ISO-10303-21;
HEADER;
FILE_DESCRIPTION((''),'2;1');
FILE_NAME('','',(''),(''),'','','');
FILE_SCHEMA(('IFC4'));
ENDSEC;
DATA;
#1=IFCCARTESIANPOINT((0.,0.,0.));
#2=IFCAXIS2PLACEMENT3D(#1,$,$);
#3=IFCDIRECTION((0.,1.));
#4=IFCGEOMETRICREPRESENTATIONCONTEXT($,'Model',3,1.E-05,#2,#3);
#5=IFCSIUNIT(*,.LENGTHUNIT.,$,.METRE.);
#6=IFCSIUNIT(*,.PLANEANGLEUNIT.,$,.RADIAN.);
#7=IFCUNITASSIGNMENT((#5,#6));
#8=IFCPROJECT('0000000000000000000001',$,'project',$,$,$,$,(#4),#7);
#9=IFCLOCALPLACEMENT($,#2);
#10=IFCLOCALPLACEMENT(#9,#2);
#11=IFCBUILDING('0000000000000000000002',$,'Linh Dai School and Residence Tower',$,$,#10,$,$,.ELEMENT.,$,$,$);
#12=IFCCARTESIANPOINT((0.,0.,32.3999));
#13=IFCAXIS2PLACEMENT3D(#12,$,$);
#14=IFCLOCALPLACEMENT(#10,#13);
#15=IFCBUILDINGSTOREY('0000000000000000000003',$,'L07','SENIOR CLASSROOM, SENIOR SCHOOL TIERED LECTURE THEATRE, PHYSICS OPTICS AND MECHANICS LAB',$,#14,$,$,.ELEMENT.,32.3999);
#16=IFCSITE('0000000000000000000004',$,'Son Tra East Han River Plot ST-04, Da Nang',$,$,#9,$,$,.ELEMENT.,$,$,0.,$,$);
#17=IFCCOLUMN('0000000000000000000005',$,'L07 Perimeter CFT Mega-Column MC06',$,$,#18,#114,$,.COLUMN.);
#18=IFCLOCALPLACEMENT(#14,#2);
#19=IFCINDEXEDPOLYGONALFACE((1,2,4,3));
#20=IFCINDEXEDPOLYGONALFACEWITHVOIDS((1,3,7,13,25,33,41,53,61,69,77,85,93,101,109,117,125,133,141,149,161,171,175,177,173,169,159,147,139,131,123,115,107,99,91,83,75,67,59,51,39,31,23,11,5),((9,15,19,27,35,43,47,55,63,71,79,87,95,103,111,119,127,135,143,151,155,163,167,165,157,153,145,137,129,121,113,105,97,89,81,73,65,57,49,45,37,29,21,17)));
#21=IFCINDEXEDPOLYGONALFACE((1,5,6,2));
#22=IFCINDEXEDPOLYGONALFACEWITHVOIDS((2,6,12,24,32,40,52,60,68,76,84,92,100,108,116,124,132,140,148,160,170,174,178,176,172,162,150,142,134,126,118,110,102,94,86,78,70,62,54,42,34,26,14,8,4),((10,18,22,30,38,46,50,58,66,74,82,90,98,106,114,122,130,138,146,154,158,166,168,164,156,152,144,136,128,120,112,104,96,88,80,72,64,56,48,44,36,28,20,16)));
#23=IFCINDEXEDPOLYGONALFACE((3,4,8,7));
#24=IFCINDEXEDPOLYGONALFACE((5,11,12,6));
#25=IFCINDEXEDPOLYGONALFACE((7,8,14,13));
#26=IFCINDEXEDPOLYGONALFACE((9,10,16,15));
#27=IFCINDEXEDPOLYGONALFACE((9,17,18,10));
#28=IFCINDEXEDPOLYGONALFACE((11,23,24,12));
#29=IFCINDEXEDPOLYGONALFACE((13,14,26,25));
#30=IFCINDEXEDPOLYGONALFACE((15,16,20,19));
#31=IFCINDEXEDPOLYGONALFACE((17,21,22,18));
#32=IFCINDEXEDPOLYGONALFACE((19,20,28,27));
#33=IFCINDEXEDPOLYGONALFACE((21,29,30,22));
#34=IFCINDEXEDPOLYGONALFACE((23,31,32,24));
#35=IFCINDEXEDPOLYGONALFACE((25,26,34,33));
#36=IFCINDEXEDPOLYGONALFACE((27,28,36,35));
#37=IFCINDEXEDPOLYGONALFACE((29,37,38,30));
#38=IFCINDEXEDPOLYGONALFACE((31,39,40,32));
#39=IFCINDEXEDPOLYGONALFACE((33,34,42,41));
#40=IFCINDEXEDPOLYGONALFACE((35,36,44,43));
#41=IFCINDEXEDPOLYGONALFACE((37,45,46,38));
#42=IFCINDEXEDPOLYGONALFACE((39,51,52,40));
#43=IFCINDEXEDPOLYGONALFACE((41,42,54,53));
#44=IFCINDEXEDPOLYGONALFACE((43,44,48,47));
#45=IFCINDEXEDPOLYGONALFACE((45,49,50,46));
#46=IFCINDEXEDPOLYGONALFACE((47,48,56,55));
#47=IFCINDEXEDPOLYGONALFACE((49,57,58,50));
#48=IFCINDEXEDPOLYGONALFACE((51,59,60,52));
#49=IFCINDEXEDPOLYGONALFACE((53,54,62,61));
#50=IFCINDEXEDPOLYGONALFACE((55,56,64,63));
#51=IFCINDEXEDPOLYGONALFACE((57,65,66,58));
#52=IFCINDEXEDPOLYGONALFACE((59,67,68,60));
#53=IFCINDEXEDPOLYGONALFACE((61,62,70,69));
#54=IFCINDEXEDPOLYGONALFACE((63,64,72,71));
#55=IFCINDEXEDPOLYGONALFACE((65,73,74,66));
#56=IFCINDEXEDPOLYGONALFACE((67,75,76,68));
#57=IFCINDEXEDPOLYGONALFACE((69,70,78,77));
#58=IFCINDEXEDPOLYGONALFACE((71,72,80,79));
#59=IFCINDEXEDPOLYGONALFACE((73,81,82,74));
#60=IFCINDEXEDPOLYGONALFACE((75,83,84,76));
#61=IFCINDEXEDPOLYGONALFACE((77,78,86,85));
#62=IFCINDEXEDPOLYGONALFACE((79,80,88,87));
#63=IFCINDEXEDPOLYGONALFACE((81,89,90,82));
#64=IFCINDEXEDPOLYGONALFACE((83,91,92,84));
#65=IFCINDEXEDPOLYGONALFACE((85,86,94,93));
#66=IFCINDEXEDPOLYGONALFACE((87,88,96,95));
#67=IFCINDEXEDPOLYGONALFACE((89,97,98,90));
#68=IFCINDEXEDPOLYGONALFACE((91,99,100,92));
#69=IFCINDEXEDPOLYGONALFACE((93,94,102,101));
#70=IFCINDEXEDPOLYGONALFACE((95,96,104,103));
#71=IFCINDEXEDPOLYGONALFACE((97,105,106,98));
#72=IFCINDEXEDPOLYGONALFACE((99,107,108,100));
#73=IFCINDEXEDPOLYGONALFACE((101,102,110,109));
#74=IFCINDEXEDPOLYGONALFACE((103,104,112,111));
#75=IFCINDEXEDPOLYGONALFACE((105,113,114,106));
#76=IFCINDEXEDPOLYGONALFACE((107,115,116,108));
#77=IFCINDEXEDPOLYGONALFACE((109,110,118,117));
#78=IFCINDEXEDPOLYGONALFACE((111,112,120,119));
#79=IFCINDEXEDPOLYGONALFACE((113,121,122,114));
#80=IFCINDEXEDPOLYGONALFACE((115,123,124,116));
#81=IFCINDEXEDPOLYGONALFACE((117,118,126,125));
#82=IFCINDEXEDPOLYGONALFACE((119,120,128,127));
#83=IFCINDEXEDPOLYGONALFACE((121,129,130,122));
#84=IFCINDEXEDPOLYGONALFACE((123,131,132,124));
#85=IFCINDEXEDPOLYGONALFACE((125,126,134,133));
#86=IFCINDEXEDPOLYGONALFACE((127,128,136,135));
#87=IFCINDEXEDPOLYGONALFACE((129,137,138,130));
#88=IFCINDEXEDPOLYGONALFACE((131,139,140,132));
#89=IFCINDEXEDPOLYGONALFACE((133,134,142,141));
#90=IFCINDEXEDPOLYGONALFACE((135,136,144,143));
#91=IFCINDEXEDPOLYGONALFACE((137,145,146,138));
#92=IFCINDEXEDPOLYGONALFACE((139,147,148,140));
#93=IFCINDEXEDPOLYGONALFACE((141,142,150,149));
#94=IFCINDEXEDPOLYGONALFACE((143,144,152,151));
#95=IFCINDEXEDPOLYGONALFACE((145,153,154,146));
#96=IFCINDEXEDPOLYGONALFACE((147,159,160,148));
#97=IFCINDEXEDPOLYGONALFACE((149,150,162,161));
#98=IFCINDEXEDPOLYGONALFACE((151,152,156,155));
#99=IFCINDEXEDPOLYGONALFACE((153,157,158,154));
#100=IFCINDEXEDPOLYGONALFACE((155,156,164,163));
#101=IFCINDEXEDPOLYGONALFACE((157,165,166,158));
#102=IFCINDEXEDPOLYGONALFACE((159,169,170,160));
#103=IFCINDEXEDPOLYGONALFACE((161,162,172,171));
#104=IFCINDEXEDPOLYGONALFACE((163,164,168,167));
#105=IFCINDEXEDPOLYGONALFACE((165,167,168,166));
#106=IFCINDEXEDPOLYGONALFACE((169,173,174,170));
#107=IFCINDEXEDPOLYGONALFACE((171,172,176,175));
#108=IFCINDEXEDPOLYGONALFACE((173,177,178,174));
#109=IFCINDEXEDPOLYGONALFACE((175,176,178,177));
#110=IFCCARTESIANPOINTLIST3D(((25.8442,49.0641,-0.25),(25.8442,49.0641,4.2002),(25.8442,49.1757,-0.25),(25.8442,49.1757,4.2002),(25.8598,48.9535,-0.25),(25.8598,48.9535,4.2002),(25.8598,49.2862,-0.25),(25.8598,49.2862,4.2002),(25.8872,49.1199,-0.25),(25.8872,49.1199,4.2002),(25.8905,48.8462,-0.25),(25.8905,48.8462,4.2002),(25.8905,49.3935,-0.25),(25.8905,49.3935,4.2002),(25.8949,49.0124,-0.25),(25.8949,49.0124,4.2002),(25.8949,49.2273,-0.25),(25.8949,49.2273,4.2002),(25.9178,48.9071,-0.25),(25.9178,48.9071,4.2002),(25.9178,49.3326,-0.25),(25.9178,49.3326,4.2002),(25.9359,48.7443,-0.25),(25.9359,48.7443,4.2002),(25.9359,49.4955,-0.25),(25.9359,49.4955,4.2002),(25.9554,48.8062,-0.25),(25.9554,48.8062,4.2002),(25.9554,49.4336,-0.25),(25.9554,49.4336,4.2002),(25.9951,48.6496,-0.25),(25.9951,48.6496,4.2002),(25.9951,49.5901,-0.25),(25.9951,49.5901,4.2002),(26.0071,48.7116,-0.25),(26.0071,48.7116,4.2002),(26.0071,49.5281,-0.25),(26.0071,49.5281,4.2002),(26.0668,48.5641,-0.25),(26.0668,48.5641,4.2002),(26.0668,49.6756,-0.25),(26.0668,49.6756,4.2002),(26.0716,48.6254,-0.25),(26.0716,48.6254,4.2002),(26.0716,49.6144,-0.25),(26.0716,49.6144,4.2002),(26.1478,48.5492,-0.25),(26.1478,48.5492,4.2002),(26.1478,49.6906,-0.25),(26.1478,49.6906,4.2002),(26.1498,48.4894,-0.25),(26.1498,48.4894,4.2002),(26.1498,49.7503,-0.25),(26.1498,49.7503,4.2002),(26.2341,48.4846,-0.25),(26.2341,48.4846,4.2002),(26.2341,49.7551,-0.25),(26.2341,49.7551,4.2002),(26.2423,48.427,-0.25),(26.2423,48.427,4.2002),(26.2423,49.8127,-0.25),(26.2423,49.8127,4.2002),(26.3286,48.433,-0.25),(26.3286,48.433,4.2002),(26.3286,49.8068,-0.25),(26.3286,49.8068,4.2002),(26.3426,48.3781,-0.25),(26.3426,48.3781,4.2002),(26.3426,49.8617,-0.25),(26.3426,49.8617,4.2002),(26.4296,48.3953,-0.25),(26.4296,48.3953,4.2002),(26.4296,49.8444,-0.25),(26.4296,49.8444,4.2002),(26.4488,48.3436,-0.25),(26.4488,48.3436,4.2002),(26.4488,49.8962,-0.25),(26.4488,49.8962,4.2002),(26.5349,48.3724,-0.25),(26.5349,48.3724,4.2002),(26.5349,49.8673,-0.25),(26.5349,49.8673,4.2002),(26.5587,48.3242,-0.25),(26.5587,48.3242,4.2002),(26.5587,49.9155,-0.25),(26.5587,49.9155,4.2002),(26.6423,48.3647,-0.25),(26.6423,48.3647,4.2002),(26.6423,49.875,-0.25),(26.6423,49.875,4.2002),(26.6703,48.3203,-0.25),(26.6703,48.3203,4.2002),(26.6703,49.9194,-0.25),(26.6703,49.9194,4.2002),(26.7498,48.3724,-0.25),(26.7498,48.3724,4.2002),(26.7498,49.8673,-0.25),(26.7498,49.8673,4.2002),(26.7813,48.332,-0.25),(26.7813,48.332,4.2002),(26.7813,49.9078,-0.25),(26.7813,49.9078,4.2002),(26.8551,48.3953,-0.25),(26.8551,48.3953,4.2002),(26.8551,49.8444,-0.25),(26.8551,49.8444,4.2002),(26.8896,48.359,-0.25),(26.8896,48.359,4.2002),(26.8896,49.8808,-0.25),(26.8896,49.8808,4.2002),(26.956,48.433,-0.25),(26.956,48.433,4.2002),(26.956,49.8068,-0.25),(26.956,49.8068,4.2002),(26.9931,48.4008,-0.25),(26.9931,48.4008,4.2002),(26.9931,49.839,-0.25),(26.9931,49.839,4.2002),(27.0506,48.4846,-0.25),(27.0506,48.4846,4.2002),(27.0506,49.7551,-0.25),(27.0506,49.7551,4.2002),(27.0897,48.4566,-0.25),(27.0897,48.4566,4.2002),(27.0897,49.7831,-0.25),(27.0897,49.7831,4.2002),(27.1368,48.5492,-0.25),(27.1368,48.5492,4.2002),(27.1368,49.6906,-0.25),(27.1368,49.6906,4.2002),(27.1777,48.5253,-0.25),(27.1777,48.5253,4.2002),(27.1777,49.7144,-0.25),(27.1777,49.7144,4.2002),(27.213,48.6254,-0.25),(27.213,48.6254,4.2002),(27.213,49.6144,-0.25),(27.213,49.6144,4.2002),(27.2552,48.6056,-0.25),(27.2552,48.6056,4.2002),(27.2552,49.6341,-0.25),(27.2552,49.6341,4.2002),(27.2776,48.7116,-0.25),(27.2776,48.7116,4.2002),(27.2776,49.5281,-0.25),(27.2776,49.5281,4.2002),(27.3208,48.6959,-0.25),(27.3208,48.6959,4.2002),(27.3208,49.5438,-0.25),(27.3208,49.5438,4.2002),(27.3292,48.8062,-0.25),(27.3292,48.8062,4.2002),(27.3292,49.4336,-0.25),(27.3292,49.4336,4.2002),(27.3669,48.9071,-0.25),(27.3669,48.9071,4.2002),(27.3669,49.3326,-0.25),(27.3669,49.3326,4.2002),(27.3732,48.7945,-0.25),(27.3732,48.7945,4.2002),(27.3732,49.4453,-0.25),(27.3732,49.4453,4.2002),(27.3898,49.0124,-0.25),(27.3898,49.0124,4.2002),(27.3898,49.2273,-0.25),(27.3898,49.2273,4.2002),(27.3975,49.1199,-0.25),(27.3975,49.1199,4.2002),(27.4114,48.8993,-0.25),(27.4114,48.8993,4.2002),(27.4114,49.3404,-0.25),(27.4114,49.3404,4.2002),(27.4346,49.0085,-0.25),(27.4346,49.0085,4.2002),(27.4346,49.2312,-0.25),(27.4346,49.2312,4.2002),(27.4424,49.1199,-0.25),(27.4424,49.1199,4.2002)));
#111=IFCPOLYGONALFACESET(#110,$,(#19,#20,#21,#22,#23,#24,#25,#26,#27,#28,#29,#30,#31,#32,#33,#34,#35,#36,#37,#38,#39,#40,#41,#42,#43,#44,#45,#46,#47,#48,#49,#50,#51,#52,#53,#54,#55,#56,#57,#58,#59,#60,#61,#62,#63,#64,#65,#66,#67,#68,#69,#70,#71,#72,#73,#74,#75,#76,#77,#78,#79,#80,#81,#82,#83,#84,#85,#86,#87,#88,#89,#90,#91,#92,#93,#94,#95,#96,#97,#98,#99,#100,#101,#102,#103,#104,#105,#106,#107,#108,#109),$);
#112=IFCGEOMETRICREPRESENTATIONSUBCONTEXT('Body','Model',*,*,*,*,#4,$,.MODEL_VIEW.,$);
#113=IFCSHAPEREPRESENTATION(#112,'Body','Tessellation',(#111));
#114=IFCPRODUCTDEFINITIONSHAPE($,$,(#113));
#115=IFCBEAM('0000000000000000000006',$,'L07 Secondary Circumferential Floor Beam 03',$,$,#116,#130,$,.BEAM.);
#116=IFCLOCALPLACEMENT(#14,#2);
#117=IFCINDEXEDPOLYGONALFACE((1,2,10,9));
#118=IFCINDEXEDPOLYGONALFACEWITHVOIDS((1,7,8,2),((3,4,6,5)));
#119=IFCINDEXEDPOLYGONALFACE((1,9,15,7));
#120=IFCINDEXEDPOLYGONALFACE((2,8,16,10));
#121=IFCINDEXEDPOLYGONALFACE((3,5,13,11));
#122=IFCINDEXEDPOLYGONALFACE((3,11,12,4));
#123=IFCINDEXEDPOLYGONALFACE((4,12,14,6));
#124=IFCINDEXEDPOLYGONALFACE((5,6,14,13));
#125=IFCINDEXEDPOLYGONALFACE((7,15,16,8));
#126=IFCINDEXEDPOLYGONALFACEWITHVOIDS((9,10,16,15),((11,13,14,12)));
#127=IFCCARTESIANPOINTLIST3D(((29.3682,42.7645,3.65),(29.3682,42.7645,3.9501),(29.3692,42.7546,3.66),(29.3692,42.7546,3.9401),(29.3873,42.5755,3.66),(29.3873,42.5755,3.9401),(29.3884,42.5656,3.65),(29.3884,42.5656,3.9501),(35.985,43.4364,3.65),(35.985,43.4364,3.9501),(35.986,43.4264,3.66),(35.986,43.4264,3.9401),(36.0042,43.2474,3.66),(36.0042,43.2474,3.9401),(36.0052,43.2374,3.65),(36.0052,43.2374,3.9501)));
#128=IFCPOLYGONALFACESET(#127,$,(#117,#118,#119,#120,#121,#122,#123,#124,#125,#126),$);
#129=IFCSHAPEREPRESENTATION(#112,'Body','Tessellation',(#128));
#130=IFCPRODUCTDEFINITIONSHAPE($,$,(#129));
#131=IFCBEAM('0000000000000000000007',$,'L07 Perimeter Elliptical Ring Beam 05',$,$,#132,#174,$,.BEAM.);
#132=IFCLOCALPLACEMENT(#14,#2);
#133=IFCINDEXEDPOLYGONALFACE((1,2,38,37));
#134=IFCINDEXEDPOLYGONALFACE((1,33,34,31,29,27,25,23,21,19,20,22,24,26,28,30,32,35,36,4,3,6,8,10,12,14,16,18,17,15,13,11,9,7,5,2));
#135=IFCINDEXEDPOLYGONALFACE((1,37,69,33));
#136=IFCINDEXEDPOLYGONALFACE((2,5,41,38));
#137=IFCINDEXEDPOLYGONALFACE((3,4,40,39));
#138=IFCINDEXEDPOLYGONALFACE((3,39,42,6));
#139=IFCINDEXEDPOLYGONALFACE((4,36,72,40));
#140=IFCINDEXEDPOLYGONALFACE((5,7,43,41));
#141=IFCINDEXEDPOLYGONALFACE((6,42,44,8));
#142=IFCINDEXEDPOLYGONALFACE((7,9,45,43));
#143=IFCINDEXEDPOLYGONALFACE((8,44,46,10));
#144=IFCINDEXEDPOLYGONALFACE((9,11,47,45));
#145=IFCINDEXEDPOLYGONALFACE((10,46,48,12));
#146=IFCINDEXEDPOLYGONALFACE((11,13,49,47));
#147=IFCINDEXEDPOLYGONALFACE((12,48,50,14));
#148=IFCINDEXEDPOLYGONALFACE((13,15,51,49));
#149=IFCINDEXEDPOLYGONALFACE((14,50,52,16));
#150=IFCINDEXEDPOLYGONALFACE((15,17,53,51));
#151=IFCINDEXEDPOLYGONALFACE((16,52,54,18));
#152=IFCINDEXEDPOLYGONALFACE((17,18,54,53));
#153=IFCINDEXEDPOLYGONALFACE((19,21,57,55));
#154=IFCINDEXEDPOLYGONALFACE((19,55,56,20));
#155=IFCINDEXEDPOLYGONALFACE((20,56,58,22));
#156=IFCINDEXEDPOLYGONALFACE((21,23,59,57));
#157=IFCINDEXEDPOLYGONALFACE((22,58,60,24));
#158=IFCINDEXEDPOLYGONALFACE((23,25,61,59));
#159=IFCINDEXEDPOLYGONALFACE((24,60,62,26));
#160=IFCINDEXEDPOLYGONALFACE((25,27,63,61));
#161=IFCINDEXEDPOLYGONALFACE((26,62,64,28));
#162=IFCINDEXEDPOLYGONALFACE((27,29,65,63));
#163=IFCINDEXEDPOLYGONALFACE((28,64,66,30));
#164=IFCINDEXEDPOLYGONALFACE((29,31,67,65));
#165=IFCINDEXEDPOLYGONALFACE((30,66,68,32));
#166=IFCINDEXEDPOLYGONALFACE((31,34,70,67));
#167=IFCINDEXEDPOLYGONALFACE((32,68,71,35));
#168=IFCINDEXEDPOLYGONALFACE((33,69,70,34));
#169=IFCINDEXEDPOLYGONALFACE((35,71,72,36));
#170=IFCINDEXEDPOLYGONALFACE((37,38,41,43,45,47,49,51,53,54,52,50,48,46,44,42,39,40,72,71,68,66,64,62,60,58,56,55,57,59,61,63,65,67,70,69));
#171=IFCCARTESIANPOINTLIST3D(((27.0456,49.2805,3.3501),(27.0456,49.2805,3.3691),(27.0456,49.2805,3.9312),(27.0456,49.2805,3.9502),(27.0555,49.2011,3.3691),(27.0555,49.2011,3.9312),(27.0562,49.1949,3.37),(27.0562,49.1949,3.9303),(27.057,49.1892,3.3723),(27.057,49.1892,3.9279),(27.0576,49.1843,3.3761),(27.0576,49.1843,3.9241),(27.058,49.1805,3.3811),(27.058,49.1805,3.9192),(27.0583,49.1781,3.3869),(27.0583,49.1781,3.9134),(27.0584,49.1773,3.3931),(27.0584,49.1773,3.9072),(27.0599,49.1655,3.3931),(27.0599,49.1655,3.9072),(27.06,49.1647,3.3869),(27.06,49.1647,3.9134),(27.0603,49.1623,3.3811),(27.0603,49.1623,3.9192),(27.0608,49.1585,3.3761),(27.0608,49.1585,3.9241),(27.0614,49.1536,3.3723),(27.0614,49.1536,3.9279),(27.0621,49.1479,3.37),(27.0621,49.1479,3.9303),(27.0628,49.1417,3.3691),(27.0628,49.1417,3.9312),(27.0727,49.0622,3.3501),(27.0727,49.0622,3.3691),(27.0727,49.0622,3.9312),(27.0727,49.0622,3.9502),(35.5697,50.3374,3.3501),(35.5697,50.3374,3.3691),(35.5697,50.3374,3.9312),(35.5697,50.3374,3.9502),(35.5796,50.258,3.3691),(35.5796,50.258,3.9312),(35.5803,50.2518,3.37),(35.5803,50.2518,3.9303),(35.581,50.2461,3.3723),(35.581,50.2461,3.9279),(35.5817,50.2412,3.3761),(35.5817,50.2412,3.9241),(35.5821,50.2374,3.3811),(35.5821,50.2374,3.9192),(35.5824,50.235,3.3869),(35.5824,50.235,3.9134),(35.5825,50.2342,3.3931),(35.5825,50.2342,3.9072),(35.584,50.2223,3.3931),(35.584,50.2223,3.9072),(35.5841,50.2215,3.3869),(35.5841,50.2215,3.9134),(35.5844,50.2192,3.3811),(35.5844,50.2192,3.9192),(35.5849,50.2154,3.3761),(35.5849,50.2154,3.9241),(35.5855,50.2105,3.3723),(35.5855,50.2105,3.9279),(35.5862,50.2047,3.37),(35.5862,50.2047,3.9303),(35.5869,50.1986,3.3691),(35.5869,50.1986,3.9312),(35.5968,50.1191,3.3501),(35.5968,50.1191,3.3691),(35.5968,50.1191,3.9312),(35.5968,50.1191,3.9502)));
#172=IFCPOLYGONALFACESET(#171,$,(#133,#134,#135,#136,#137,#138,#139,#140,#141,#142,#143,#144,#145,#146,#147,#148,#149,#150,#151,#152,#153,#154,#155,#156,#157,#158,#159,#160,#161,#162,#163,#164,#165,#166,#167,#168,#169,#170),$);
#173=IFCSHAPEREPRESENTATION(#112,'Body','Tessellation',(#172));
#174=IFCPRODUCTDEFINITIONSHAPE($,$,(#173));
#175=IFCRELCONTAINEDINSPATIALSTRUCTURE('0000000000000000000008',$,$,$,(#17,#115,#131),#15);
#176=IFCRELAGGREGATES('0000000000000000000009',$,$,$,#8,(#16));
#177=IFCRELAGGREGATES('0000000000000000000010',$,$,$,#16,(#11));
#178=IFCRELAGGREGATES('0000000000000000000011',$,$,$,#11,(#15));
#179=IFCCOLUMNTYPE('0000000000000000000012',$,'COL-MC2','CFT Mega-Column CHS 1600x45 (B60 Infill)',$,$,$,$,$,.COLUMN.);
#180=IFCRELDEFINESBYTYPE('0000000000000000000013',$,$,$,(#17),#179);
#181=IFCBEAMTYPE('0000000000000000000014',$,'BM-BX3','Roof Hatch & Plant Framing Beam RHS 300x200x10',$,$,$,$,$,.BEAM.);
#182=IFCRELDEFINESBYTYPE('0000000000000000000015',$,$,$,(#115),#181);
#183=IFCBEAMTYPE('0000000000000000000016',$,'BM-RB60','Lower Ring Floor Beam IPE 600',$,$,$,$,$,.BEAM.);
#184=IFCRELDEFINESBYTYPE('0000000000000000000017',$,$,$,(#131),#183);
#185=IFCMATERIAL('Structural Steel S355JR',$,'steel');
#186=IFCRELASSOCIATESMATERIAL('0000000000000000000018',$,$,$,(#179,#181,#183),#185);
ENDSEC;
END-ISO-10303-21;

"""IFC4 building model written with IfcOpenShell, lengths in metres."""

from ifc_helpers import new_model, si_unit, direction, frame, origin, origin_2d, place, context, subcontext, project, spatial, hollow_rectangle, hollow_circle, i_section, extrude, material, material_profile, profile_set, type_object, element, save


model = new_model("IFC4")

# Units and contexts
model_context = context("Model", 3, precision=1e-05, world=origin(), true_north=direction((0.0, 1.0)))
body_context = subcontext(model_context, "Body", "Model", "MODEL_VIEW")
ifc_project = project(units=[si_unit("LENGTHUNIT", "METRE"), si_unit("PLANEANGLEUNIT", "RADIAN")], contexts=[model_context])

# Site, building, storey
site_placement = place(None, origin())
site = spatial("IfcSite", under=ifc_project, at=site_placement, Name="Son Tra East Han River Plot ST-04, Da Nang", CompositionType="ELEMENT", RefElevation=0.0)
building_placement = place(site_placement, origin())
building = spatial("IfcBuilding", under=site, at=building_placement, Name="Linh Dai School and Residence Tower", CompositionType="ELEMENT")
storey_placement = place(building_placement, frame((0.0, 0.0, 32.3999)))
storey = spatial("IfcBuildingStorey", under=building, at=storey_placement, Name="L07", Description="SENIOR CLASSROOM, SENIOR SCHOOL TIERED LECTURE THEATRE, PHYSICS OPTICS AND MECHANICS LAB", CompositionType="ELEMENT", Elevation=32.3999)

# Column
ifc_material_1 = material(Name="Structural Steel S355JR", Category="steel")
ifc_material_profile_1 = material_profile(ifc_material_1, hollow_circle(Radius=0.8, WallThickness=0.0449, at=origin_2d()), Name="CHS 1600x45")
ifc_profile_set_1 = profile_set([ifc_material_profile_1], Name="Structural Steel S355JR")
column_type_1 = type_object("IfcColumnType", Name="COL-MC2", Description="CFT Mega-Column CHS 1600x45 (B60 Infill)", PredefinedType="COLUMN", material=ifc_profile_set_1)
for number, where, z_axis, x_axis, name in (
    (1, (26.6423, 49.1199, -0.25), (0.0, 0.0, 1.0), (1.0, 0.0, 0.0), "L07 Perimeter CFT Mega-Column MC06"),
):
    element("IfcColumn", number, at=place(storey_placement, frame(where, z_axis=z_axis, x_axis=x_axis)), inside=storey, type_object=column_type_1, Name=name, PredefinedType="COLUMN", context=body_context, shape_type="SweptSolid", body=[
        extrude(hollow_circle(Radius=0.8, WallThickness=0.0449, at=origin_2d()), origin(), (0.0, 0.0, 1.0), 4.4502),
    ])

# Beams
ifc_material_profile_2 = material_profile(ifc_material_1, hollow_rectangle(XDim=0.2, YDim=0.3, WallThickness=0.01, at=origin_2d()), Name="RHS 300x200x10")
ifc_profile_set_2 = profile_set([ifc_material_profile_2], Name="Structural Steel S355JR")
beam_type_1 = type_object("IfcBeamType", Name="BM-BX3", Description="Roof Hatch & Plant Framing Beam RHS 300x200x10", PredefinedType="BEAM", material=ifc_profile_set_2)
beam_1_placement = place(storey_placement, frame((35.9951, 43.3369, 3.8), z_axis=(-0.994884, -0.101019, 0.0), x_axis=(0.101019, -0.994884, 0.0)))
element("IfcBeam", 2, at=beam_1_placement, inside=storey, type_object=beam_type_1, Name="L07 Secondary Circumferential Floor Beam 03", PredefinedType="BEAM", context=body_context, shape_type="SweptSolid", body=[
    extrude(hollow_rectangle(XDim=0.2, YDim=0.3, WallThickness=0.01, at=origin_2d()), origin(), (0.0, 0.0, 1.0), 6.6509),
])
ifc_material_profile_3 = material_profile(ifc_material_1, i_section(OverallWidth=0.22, OverallDepth=0.6001, WebThickness=0.012, FlangeThickness=0.019, FilletRadius=0.0239, at=origin_2d()), Name="IPE 600")
ifc_profile_set_3 = profile_set([ifc_material_profile_3], Name="Structural Steel S355JR")
beam_type_2 = type_object("IfcBeamType", Name="BM-RB60", Description="Lower Ring Floor Beam IPE 600", PredefinedType="BEAM", material=ifc_profile_set_3)
beam_2_placement = place(storey_placement, frame((35.5833, 50.2283, 3.6501), z_axis=(-0.992401, -0.123045, 0.0), x_axis=(0.123045, -0.992401, 0.0)))
element("IfcBeam", 3, at=beam_2_placement, inside=storey, type_object=beam_type_2, Name="L07 Perimeter Elliptical Ring Beam 05", PredefinedType="BEAM", context=body_context, shape_type="SweptSolid", body=[
    extrude(i_section(OverallWidth=0.22, OverallDepth=0.6001, WebThickness=0.012, FlangeThickness=0.019, FilletRadius=0.0239, at=origin_2d()), origin(), (0.0, 0.0, 1.0), 8.5894),
])

save(model, "model.ifc")
